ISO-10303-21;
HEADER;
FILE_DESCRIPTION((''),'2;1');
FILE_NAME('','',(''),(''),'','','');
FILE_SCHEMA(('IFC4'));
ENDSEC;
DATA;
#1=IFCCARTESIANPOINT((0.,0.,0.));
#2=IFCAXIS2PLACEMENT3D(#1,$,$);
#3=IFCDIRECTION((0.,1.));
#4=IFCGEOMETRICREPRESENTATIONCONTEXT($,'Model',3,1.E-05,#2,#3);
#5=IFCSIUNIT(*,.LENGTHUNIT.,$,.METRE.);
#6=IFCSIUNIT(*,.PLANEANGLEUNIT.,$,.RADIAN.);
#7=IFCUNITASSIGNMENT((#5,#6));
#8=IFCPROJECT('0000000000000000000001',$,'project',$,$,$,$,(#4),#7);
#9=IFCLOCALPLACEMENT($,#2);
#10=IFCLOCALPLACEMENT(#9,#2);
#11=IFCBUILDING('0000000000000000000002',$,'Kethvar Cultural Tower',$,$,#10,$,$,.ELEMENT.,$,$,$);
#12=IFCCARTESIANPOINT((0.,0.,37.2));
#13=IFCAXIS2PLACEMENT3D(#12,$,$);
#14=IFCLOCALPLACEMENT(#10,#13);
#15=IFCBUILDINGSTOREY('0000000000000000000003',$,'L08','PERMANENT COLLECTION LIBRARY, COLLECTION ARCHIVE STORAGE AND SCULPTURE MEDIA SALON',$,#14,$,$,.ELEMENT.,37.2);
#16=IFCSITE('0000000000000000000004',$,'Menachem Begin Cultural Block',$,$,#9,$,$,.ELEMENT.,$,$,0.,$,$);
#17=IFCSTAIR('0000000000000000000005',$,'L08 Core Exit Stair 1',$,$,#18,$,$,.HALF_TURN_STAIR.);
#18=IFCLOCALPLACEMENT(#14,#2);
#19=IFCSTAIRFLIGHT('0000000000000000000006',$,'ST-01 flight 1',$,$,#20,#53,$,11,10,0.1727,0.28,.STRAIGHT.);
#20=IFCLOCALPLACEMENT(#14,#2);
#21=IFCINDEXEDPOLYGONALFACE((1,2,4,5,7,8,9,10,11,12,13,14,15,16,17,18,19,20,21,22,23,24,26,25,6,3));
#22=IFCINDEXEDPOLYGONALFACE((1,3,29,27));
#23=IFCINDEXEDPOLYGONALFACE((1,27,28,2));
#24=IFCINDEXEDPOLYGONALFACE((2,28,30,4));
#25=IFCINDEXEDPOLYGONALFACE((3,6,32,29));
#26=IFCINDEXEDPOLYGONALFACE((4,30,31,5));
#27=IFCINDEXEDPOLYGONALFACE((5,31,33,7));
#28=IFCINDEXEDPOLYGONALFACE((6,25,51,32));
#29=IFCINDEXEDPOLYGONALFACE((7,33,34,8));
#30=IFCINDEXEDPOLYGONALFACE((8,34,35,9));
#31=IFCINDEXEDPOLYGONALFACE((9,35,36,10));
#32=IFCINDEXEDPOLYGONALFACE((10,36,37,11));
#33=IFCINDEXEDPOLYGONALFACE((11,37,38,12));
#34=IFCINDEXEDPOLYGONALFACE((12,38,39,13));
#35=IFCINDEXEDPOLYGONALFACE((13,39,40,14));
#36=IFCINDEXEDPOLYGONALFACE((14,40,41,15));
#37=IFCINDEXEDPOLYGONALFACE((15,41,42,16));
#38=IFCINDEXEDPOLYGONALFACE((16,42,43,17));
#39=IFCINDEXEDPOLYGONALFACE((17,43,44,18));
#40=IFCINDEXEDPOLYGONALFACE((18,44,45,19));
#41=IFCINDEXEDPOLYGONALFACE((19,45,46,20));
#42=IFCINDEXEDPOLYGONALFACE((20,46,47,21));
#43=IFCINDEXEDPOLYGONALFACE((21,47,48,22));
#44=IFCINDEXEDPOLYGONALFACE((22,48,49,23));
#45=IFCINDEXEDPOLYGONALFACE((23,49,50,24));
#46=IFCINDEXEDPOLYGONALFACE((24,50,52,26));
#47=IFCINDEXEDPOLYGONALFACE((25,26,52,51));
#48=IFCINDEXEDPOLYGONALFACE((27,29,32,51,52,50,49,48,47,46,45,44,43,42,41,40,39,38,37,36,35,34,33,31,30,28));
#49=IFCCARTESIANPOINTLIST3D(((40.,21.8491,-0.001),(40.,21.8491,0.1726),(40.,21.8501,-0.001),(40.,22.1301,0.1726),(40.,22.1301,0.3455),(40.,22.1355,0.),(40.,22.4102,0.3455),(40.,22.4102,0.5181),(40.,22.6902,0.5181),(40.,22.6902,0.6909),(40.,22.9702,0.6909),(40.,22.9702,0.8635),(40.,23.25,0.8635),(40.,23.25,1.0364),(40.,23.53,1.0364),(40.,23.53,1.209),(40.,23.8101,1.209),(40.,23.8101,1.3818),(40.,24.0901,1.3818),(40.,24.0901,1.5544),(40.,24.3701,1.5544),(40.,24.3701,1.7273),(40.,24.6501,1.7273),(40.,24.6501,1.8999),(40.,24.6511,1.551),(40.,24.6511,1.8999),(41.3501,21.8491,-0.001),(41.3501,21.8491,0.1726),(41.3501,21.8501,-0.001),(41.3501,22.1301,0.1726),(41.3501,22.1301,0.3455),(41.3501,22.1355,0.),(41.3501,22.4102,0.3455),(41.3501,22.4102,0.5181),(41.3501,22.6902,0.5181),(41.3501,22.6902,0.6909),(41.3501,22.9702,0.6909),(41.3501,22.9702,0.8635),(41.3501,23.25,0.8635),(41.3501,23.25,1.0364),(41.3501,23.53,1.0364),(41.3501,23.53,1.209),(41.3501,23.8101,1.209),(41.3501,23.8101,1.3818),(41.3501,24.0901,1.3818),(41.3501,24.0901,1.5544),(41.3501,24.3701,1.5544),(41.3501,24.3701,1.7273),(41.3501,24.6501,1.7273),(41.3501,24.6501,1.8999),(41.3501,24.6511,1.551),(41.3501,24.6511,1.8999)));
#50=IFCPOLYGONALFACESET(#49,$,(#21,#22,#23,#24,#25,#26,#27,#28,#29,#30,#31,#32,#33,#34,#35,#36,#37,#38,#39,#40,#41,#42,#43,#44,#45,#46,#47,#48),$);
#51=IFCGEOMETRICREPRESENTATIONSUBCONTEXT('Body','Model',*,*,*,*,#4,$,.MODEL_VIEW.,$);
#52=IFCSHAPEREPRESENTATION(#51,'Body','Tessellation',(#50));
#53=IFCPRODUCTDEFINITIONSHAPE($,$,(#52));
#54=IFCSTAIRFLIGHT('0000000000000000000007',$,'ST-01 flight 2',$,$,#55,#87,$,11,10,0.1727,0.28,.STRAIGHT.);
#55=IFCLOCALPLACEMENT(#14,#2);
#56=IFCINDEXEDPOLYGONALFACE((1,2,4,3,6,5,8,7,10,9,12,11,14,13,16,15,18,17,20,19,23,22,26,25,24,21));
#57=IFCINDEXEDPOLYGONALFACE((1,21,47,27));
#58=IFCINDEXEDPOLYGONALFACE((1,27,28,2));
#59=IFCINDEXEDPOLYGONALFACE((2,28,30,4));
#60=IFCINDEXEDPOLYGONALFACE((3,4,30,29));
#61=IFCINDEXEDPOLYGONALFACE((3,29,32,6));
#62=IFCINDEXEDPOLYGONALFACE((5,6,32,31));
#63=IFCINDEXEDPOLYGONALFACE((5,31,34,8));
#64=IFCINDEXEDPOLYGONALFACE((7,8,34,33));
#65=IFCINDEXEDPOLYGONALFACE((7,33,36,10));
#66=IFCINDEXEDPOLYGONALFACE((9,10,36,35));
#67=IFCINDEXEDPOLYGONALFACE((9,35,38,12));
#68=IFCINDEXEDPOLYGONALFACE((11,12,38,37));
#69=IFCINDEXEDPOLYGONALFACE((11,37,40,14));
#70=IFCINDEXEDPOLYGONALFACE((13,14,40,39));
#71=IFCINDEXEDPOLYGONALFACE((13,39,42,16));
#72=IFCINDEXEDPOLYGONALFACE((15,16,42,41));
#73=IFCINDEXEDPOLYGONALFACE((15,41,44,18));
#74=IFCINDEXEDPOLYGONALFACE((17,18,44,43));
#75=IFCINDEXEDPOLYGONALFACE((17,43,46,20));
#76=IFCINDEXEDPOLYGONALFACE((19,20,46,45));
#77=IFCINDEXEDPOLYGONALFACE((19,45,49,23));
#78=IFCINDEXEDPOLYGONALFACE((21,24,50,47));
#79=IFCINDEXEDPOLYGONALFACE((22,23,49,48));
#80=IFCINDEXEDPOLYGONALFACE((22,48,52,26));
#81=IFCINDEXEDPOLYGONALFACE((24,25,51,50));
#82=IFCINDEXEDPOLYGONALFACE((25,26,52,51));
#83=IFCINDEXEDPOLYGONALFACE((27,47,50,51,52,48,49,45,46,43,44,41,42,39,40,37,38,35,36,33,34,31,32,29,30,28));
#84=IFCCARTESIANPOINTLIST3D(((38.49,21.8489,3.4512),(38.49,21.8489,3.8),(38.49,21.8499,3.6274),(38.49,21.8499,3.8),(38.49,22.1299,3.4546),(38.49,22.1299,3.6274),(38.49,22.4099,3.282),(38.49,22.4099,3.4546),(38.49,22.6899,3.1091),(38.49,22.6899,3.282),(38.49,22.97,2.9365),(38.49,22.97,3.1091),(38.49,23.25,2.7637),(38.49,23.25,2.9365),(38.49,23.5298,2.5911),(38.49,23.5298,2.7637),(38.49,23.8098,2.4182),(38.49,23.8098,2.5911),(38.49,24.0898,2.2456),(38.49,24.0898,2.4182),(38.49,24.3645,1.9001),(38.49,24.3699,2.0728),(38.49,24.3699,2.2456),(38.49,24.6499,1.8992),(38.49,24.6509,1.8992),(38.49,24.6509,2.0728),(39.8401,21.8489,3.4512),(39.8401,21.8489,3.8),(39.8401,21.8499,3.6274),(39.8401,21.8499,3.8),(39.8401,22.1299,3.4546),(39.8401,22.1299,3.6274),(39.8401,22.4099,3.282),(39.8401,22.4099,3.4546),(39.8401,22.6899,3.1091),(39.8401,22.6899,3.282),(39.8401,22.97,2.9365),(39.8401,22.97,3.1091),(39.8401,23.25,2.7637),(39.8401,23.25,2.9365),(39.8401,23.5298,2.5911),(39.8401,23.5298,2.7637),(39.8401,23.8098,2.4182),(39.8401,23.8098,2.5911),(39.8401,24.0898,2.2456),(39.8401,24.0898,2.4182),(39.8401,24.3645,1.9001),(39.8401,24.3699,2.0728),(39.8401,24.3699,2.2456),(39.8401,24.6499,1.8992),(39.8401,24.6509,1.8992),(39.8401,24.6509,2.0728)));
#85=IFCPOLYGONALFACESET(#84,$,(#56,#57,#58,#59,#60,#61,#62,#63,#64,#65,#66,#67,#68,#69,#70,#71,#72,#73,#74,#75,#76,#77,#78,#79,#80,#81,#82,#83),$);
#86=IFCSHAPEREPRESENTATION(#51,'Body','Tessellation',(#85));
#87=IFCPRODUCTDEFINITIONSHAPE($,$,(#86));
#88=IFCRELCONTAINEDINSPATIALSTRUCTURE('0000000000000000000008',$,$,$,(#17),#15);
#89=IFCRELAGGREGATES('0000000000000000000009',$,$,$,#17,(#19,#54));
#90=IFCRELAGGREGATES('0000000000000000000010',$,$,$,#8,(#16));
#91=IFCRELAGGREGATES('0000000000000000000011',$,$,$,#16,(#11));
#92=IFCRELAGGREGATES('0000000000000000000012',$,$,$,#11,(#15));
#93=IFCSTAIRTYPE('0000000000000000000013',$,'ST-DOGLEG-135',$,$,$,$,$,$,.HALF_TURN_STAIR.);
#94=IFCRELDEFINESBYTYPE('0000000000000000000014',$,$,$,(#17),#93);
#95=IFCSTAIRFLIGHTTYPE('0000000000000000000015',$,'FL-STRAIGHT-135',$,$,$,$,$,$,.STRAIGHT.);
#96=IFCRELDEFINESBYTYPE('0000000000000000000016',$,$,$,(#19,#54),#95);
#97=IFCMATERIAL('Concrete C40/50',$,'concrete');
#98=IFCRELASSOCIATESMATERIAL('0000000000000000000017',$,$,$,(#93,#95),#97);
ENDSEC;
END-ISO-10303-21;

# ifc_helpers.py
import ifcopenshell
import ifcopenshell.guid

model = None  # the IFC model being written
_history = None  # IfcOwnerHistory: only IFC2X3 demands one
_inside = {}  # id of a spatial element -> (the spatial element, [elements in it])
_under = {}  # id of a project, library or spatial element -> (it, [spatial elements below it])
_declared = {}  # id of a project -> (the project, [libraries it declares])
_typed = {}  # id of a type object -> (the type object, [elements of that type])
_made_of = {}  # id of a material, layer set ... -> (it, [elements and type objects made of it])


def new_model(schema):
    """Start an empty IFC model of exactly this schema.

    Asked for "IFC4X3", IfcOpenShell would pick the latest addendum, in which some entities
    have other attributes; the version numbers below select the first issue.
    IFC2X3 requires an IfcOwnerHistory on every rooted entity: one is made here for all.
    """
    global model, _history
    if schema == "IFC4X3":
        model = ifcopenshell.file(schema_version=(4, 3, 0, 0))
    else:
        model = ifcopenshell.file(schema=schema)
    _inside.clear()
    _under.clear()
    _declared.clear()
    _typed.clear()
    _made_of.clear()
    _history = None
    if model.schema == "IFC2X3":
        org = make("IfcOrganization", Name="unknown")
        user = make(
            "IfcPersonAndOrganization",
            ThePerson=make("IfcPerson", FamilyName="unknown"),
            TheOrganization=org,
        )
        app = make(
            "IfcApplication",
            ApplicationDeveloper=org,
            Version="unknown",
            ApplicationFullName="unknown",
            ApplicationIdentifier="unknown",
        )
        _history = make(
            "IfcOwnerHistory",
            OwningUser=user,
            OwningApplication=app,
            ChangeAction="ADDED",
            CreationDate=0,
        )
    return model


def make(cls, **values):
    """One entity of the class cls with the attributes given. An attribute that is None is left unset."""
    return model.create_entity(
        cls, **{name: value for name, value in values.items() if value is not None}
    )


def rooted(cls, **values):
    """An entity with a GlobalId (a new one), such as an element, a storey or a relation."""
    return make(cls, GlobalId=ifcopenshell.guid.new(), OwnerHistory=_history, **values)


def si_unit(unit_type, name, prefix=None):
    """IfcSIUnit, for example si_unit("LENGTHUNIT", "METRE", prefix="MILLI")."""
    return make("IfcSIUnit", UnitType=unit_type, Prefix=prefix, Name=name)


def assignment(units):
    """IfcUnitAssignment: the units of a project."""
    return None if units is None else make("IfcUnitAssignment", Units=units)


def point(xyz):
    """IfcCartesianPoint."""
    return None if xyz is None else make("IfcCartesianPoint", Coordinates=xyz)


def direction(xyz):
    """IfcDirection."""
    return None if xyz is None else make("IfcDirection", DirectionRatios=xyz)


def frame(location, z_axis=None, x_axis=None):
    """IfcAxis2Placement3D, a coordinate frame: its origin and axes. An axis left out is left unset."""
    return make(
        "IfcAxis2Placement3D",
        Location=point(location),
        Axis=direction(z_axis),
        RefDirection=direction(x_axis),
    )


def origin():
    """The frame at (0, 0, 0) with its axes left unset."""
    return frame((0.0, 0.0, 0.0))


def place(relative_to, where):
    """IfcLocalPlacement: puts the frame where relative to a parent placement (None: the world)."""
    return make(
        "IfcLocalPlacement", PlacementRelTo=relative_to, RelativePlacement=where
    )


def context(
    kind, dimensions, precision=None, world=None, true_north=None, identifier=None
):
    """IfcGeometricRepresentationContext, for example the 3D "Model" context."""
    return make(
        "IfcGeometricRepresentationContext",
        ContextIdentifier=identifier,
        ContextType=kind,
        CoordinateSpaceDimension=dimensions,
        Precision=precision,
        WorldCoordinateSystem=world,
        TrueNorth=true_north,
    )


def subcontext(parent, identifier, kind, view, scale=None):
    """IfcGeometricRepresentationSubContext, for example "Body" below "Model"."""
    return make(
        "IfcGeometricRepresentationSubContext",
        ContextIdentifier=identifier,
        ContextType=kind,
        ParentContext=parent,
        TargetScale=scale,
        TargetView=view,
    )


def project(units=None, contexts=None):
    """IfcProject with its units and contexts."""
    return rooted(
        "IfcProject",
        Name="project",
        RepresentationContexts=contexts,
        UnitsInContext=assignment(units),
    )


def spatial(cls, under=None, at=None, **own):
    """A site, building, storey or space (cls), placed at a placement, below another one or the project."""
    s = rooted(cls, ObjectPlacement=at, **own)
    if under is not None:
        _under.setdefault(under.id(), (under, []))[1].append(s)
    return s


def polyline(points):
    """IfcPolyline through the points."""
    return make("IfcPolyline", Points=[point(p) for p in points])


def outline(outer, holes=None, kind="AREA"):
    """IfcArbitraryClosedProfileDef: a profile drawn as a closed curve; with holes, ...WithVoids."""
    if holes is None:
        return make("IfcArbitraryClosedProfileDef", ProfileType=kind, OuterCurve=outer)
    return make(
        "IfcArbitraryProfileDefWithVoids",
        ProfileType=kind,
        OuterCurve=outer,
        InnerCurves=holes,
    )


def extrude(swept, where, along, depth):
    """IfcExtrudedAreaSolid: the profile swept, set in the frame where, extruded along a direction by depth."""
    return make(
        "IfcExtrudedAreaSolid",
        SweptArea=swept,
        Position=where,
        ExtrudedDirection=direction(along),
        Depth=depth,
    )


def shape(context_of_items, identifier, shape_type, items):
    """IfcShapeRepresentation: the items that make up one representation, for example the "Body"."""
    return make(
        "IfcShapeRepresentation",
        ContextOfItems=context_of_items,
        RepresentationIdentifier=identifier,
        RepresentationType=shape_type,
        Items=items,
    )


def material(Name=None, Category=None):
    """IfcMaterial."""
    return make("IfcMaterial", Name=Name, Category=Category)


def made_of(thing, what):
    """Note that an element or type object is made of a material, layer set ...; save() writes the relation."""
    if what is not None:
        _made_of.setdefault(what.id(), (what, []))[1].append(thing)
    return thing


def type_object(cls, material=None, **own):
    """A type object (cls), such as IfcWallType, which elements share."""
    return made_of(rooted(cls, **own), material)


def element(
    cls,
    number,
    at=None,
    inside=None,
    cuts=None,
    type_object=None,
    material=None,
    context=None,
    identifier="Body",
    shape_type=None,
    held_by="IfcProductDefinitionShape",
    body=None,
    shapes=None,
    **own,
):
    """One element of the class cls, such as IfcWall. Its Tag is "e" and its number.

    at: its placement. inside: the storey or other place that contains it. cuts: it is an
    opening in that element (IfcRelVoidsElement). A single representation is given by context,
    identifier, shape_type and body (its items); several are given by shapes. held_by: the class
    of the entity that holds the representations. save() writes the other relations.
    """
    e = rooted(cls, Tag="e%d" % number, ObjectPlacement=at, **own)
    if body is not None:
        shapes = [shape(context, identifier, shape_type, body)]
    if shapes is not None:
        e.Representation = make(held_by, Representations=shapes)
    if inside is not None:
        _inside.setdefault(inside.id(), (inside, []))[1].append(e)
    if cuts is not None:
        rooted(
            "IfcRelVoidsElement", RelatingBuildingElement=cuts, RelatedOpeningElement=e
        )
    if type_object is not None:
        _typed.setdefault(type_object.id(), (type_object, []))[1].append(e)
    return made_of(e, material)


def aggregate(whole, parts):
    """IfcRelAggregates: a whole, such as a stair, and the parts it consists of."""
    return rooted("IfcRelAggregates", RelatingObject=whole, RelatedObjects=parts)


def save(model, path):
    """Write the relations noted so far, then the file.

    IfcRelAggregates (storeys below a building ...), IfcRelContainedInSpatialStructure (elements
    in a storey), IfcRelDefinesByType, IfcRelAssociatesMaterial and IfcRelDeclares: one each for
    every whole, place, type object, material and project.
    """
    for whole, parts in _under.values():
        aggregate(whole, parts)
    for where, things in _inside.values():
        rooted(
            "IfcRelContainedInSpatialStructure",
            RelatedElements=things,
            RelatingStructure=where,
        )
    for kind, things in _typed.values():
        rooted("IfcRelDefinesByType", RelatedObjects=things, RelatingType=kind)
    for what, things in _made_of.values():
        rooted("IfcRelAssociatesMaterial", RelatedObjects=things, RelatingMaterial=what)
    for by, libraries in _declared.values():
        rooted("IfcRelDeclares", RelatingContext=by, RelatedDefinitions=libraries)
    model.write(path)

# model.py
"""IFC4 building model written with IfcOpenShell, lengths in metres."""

from ifc_helpers import new_model, si_unit, direction, frame, origin, place, context, subcontext, project, spatial, polyline, outline, extrude, material, type_object, element, aggregate, save


model = new_model("IFC4")

# Units and contexts
model_context = context("Model", 3, precision=1e-05, world=origin(), true_north=direction((0.0, 1.0)))
body_context = subcontext(model_context, "Body", "Model", "MODEL_VIEW")
ifc_project = project(units=[si_unit("LENGTHUNIT", "METRE"), si_unit("PLANEANGLEUNIT", "RADIAN")], contexts=[model_context])

# Site, building, storey
site_placement = place(None, origin())
site = spatial("IfcSite", under=ifc_project, at=site_placement, Name="Menachem Begin Cultural Block", CompositionType="ELEMENT", RefElevation=0.0)
building_placement = place(site_placement, origin())
building = spatial("IfcBuilding", under=site, at=building_placement, Name="Kethvar Cultural Tower", CompositionType="ELEMENT")
storey_placement = place(building_placement, frame((0.0, 0.0, 37.2)))
storey = spatial("IfcBuildingStorey", under=building, at=storey_placement, Name="L08", Description="PERMANENT COLLECTION LIBRARY, COLLECTION ARCHIVE STORAGE AND SCULPTURE MEDIA SALON", CompositionType="ELEMENT", Elevation=37.2)

# Stair, stair flights
ifc_material_1 = material(Name="Concrete C40/50", Category="concrete")
stair_type = type_object("IfcStairType", Name="ST-DOGLEG-135", PredefinedType="HALF_TURN_STAIR", material=ifc_material_1)
stair_placement = place(storey_placement, origin())
stair = element("IfcStair", 1, at=stair_placement, inside=storey, type_object=stair_type, Name="L08 Core Exit Stair 1", PredefinedType="HALF_TURN_STAIR")
stair_flight_type = type_object("IfcStairFlightType", Name="FL-STRAIGHT-135", PredefinedType="STRAIGHT", material=ifc_material_1)
stair_flight_1_placement = place(storey_placement, frame((40.675, 21.8501, 0.0), z_axis=(0.0, 0.0, 1.0), x_axis=(0.0, 1.0, 0.0)))
stair_flight_1 = element("IfcStairFlight", 2, at=stair_flight_1_placement, type_object=stair_flight_type, Name="ST-01 flight 1", NumberOfRisers=11, NumberOfTreads=10, PredefinedType="STRAIGHT", RiserHeight=0.1727, TreadLength=0.28, context=body_context, shape_type="SweptSolid", body=[
    extrude(outline(polyline([(-0.001, -0.001), (-0.001, 0.1726), (0.28, 0.1726), (0.28, 0.3455), (0.5601, 0.3455), (0.5601, 0.5181), (0.8401, 0.5181), (0.8401, 0.6909), (1.1201, 0.6909), (1.1201, 0.8635), (1.3999, 0.8635), (1.3999, 1.0364), (1.6799, 1.0364), (1.6799, 1.209), (1.96, 1.209), (1.96, 1.3818), (2.24, 1.3818), (2.24, 1.5544), (2.52, 1.5544), (2.52, 1.7273), (2.8, 1.7273), (2.8, 1.8999), (2.801, 1.8999), (2.801, 1.551), (0.2854, 0.0), (0.0, -0.001), (-0.001, -0.001)])), frame((0.0, 0.675, 0.0), z_axis=(0.0, -1.0, 0.0), x_axis=(1.0, 0.0, 0.0)), (0.0, 0.0, 1.0), 1.3501),
])
stair_flight_2_placement = place(storey_placement, frame((39.165, 24.6499, 1.9001), z_axis=(0.0, 0.0, 1.0), x_axis=(0.0, -1.0, 0.0)))
stair_flight_2 = element("IfcStairFlight", 3, at=stair_flight_2_placement, type_object=stair_flight_type, Name="ST-01 flight 2", NumberOfRisers=11, NumberOfTreads=10, PredefinedType="STRAIGHT", RiserHeight=0.1727, TreadLength=0.28, context=body_context, shape_type="SweptSolid", body=[
    extrude(outline(polyline([(-0.001, -0.001), (-0.001, 0.1726), (0.28, 0.1726), (0.28, 0.3455), (0.5601, 0.3455), (0.5601, 0.5181), (0.8401, 0.5181), (0.8401, 0.6909), (1.1201, 0.6909), (1.1201, 0.8635), (1.3999, 0.8635), (1.3999, 1.0364), (1.6799, 1.0364), (1.6799, 1.209), (1.96, 1.209), (1.96, 1.3818), (2.24, 1.3818), (2.24, 1.5544), (2.52, 1.5544), (2.52, 1.7273), (2.8, 1.7273), (2.8, 1.8999), (2.801, 1.8999), (2.801, 1.551), (0.2854, 0.0), (0.0, -0.001), (-0.001, -0.001)])), frame((0.0, 0.675, 0.0), z_axis=(0.0, -1.0, 0.0), x_axis=(1.0, 0.0, 0.0)), (0.0, 0.0, 1.0), 1.3501),
])
aggregate(stair, [stair_flight_1, stair_flight_2])

save(model, "model.ifc")
